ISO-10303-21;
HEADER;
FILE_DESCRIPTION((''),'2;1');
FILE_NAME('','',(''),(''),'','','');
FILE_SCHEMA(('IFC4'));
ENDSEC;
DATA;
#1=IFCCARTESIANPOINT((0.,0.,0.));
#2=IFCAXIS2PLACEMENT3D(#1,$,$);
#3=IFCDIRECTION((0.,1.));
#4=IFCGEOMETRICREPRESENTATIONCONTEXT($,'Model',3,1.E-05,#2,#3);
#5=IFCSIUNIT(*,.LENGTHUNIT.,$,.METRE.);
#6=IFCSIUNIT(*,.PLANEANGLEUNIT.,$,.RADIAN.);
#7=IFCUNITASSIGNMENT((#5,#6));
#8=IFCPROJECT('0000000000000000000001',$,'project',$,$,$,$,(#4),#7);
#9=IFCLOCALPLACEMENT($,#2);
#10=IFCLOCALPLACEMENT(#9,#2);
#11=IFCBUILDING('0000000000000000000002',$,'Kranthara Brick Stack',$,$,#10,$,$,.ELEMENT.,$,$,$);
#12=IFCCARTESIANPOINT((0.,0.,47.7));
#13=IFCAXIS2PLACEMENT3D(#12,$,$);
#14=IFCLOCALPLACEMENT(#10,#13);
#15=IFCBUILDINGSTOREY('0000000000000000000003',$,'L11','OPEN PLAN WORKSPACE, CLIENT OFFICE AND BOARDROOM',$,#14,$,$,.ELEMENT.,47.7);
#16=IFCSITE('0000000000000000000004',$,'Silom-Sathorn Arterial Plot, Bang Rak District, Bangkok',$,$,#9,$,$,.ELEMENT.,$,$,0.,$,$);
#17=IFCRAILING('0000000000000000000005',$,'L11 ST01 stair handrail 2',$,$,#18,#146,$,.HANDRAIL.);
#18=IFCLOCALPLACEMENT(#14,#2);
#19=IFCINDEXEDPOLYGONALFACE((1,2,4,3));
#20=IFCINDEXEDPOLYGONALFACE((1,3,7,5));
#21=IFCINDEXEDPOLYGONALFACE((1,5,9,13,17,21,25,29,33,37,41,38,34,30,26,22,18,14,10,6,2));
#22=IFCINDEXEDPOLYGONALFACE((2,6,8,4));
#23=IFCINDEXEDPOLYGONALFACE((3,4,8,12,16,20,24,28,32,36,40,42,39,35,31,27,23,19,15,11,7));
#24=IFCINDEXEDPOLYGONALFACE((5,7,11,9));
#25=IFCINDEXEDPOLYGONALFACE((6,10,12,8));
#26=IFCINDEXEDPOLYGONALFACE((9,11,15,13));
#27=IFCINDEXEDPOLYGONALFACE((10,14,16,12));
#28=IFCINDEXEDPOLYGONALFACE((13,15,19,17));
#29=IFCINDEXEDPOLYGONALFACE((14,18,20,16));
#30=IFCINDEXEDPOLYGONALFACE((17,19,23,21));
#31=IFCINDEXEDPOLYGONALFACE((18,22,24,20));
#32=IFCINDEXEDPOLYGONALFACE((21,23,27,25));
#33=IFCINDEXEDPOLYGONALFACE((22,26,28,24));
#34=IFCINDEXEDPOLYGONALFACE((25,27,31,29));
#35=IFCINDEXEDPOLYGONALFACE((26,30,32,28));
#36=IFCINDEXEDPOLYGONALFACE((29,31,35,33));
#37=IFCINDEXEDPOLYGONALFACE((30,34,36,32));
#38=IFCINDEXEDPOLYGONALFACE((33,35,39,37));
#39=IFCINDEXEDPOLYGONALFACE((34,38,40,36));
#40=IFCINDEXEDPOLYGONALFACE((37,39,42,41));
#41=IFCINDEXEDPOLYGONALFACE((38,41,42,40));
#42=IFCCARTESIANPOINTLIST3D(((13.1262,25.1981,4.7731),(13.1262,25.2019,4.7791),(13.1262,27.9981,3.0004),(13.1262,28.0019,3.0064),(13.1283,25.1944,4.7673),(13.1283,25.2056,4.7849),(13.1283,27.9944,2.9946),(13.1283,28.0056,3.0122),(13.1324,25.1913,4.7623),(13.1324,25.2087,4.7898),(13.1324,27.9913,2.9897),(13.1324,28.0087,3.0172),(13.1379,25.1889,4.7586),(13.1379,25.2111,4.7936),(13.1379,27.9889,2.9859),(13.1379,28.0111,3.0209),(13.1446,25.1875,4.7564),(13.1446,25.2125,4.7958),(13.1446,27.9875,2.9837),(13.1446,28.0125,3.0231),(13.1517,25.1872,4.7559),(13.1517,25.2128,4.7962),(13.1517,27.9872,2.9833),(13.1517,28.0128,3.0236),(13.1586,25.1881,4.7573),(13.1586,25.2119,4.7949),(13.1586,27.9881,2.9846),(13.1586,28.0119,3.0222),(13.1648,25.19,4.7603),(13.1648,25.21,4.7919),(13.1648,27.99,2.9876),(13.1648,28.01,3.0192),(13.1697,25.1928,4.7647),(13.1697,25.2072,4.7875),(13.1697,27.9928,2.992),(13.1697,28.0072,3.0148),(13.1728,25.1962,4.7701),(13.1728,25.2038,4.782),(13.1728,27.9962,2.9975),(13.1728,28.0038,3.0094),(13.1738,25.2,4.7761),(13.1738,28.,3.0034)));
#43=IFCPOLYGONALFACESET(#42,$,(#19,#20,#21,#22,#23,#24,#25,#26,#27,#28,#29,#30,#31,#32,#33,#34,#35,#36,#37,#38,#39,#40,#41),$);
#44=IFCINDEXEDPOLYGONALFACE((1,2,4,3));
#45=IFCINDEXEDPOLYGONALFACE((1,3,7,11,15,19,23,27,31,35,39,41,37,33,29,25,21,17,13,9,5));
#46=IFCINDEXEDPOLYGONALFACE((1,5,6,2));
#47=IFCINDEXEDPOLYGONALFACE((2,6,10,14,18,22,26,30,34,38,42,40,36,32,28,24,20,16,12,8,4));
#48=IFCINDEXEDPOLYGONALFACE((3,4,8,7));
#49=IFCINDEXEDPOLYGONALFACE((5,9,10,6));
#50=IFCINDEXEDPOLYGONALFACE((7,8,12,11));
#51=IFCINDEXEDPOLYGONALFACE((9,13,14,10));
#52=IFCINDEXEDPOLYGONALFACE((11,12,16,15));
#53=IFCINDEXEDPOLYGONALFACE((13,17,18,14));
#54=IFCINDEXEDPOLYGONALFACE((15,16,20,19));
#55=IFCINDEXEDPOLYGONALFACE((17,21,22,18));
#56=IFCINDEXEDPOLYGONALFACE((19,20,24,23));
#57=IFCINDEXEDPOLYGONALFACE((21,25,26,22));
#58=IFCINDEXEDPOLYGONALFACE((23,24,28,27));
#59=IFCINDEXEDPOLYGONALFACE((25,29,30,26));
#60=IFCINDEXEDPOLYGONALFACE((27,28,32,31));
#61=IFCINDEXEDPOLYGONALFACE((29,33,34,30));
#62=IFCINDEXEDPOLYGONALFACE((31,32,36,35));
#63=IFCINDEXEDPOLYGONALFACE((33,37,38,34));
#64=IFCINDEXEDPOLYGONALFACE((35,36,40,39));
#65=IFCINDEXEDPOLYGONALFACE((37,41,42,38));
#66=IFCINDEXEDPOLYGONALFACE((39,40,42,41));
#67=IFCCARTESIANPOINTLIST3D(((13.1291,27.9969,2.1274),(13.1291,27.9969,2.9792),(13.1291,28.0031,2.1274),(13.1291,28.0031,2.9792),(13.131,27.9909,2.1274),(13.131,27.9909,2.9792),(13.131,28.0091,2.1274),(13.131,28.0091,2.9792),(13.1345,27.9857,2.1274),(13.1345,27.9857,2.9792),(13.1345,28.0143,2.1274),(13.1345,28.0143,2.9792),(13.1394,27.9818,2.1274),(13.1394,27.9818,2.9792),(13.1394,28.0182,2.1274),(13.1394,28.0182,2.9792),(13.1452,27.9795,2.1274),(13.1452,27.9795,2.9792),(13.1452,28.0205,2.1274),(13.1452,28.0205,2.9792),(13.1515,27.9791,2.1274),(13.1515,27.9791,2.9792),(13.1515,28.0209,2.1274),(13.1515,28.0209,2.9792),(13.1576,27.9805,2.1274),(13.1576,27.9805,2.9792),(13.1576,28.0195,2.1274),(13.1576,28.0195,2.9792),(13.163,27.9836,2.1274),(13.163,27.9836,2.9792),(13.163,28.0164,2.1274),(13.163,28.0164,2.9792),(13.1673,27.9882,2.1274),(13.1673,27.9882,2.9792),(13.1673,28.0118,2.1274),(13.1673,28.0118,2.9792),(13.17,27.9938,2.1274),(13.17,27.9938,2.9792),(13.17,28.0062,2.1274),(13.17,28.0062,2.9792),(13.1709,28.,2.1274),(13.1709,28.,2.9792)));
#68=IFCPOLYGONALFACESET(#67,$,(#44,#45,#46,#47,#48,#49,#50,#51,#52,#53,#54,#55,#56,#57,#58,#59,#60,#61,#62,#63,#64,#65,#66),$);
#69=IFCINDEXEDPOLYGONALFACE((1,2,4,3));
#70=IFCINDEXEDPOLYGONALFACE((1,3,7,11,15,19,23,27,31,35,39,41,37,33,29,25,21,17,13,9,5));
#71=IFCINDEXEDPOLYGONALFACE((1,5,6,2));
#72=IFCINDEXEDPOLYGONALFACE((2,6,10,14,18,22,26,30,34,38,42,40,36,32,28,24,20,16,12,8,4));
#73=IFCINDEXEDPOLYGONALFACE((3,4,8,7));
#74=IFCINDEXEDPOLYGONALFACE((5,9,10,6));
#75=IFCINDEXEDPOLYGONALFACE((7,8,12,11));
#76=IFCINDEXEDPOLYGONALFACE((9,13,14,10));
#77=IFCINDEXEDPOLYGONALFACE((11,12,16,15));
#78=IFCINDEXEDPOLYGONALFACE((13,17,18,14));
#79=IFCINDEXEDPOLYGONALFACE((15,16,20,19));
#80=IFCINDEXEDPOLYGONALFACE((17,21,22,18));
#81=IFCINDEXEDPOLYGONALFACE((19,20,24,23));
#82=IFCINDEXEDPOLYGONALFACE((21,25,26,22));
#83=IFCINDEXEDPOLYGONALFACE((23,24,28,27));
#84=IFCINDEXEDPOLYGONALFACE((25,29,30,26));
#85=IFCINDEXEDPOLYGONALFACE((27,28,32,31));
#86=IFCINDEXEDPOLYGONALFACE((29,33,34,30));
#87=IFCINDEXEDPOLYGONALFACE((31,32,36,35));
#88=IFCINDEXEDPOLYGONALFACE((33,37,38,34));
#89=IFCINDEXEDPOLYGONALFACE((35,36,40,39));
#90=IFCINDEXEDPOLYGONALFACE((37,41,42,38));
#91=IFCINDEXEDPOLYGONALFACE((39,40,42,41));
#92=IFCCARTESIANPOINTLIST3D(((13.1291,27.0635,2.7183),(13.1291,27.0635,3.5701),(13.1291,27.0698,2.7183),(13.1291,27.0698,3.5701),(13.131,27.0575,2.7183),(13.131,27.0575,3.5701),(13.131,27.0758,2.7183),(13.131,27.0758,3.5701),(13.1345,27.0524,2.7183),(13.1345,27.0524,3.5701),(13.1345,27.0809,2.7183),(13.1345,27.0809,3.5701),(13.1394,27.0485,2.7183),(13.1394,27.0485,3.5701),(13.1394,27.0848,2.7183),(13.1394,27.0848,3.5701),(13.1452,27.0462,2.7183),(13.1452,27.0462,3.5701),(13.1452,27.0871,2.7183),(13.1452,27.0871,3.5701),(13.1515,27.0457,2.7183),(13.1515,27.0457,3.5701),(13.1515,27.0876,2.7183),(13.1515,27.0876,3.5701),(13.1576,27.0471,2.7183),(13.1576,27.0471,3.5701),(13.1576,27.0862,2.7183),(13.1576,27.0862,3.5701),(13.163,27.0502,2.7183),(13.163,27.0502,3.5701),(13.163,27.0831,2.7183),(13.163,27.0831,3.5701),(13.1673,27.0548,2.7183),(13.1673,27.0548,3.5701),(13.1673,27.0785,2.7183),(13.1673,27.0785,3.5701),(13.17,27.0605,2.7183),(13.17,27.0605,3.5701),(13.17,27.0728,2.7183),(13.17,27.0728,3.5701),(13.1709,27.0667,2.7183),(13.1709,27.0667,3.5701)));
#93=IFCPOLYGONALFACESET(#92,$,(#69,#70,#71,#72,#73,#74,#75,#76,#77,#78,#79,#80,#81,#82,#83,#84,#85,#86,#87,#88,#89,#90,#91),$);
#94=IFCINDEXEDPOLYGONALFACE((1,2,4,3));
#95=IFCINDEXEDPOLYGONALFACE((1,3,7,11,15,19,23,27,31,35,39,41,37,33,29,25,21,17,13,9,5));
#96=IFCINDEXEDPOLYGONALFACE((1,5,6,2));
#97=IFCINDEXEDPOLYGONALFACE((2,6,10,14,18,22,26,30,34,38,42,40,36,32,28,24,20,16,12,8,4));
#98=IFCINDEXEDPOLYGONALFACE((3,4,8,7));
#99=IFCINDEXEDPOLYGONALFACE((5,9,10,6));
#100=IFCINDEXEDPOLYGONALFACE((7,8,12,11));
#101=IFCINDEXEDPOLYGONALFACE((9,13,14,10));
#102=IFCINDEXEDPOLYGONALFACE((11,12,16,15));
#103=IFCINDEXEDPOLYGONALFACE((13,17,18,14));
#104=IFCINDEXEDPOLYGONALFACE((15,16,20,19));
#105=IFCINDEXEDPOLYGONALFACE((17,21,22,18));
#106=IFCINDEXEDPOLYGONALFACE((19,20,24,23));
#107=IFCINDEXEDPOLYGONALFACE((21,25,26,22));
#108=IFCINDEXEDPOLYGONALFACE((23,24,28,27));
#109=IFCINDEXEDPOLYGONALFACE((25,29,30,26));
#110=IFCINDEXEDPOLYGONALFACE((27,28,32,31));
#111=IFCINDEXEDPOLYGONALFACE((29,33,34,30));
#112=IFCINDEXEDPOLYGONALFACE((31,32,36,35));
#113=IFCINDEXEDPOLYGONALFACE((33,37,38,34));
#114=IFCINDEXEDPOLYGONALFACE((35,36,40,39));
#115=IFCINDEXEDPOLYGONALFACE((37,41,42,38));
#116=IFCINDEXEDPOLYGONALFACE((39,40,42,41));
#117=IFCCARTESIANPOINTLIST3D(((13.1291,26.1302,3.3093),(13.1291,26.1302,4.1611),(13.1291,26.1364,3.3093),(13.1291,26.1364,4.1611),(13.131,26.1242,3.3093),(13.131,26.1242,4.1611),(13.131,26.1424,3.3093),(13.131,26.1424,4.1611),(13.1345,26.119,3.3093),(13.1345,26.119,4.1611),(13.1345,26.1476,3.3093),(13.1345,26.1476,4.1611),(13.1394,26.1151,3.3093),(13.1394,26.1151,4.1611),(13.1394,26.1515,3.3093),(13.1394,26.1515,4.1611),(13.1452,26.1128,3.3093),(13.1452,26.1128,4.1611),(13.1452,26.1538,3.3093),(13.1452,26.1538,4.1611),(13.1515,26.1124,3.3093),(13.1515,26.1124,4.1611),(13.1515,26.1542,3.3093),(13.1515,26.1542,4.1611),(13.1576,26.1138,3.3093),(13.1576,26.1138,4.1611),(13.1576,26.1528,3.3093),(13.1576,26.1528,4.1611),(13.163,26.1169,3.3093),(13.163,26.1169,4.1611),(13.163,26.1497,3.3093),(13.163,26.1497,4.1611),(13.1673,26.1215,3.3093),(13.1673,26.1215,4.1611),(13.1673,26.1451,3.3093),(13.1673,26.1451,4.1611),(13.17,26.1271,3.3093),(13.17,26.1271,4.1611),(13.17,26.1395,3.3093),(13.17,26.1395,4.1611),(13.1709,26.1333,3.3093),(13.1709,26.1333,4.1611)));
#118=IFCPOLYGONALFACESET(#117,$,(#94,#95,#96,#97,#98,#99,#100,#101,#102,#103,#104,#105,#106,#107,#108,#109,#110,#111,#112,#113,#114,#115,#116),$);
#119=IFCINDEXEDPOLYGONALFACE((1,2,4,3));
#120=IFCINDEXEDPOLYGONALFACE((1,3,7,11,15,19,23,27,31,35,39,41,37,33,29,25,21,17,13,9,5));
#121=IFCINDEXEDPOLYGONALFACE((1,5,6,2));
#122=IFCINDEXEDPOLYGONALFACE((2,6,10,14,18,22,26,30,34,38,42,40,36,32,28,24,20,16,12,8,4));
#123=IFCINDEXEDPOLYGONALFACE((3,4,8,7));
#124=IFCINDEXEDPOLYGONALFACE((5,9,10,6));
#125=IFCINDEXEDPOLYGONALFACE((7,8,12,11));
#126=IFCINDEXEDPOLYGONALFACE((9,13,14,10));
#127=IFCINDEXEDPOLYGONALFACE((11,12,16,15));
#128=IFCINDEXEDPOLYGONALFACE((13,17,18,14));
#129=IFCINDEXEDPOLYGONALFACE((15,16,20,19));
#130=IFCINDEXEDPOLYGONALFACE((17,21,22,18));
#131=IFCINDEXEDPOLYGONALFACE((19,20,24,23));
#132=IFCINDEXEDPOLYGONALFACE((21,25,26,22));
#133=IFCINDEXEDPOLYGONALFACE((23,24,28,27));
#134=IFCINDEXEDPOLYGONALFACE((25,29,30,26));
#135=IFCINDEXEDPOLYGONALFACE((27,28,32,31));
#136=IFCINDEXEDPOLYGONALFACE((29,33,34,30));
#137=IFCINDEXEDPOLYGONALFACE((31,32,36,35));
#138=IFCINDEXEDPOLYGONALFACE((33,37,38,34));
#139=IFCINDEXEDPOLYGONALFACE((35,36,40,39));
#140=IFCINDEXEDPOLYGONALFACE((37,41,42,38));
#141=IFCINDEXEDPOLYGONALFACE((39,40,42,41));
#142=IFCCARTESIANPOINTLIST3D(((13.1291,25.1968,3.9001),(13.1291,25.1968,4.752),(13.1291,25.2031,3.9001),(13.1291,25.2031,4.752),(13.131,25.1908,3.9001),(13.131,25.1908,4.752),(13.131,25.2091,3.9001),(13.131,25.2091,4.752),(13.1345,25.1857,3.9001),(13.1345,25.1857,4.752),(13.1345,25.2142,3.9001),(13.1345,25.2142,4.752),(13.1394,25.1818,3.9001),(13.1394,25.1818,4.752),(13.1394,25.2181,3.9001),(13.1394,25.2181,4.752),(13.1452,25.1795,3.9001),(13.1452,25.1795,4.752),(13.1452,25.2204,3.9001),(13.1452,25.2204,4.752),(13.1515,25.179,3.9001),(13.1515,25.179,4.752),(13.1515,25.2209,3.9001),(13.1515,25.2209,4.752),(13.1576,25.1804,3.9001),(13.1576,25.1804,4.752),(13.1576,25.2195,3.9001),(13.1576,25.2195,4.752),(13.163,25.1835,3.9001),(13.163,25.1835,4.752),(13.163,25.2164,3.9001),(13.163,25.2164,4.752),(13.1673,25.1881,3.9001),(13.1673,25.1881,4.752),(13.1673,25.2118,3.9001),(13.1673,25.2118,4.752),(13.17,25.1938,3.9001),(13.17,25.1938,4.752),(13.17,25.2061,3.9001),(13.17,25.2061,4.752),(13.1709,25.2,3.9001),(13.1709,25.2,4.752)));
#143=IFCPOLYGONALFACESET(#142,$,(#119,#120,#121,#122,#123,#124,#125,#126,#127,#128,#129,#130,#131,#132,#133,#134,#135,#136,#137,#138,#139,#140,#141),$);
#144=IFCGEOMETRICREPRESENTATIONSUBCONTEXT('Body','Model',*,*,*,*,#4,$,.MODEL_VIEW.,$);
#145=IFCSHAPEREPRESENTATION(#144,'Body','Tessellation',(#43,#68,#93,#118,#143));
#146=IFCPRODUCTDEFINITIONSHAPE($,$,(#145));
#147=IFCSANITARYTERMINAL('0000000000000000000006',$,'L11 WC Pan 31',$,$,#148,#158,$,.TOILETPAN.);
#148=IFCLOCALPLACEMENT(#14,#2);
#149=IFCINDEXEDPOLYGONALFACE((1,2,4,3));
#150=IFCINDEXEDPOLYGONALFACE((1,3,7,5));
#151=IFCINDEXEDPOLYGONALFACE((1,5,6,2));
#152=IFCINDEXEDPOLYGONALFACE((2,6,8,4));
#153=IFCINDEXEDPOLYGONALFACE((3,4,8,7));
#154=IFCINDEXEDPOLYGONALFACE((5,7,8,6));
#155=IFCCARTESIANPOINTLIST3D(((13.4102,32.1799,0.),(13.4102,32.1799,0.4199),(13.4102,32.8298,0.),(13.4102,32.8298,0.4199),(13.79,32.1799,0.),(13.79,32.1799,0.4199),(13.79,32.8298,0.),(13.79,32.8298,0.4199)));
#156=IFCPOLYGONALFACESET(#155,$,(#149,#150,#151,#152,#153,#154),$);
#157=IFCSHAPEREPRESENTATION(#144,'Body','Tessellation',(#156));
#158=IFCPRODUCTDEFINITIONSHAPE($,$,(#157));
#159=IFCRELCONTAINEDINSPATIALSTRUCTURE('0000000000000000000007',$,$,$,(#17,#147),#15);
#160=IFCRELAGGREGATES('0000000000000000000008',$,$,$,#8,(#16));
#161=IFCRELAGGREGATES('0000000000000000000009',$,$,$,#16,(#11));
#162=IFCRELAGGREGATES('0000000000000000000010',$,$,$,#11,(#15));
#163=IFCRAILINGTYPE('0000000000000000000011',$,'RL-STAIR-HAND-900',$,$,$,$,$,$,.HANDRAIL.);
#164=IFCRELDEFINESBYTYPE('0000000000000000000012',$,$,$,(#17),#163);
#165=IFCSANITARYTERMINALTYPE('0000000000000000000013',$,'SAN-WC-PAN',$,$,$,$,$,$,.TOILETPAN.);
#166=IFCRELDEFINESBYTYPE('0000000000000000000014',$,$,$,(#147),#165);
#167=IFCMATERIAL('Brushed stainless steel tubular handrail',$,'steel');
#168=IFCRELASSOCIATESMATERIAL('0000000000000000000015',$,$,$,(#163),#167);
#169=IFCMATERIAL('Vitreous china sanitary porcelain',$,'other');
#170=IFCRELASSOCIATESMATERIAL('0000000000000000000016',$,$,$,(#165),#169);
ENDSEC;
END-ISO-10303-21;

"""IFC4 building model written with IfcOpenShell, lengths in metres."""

from ifc_helpers import new_model, si_unit, direction, frame, origin, origin_2d, place, context, subcontext, project, spatial, rectangle, circle, extrude, material, type_object, element, save


model = new_model("IFC4")

# Units and contexts
model_context = context("Model", 3, precision=1e-05, world=origin(), true_north=direction((0.0, 1.0)))
body_context = subcontext(model_context, "Body", "Model", "MODEL_VIEW")
ifc_project = project(units=[si_unit("LENGTHUNIT", "METRE"), si_unit("PLANEANGLEUNIT", "RADIAN")], contexts=[model_context])

# Site, building, storey
site_placement = place(None, origin())
site = spatial("IfcSite", under=ifc_project, at=site_placement, Name="Silom-Sathorn Arterial Plot, Bang Rak District, Bangkok", CompositionType="ELEMENT", RefElevation=0.0)
building_placement = place(site_placement, origin())
building = spatial("IfcBuilding", under=site, at=building_placement, Name="Kranthara Brick Stack", CompositionType="ELEMENT")
storey_placement = place(building_placement, frame((0.0, 0.0, 47.7)))
storey = spatial("IfcBuildingStorey", under=building, at=storey_placement, Name="L11", Description="OPEN PLAN WORKSPACE, CLIENT OFFICE AND BOARDROOM", CompositionType="ELEMENT", Elevation=47.7)

# Railing
ifc_material_1 = material(Name="Brushed stainless steel tubular handrail", Category="steel")
railing_type_1 = type_object("IfcRailingType", Name="RL-STAIR-HAND-900", PredefinedType="HANDRAIL", material=ifc_material_1)
railing_1_placement = place(storey_placement, frame((13.1499, 28.0, 2.1274)))
element("IfcRailing", 1, at=railing_1_placement, inside=storey, type_object=railing_type_1, Name="L11 ST01 stair handrail 2", PredefinedType="HANDRAIL", context=body_context, shape_type="SweptSolid", body=[
    extrude(circle(Radius=0.0239, at=origin_2d()), frame((0.0, 0.0, 0.876), z_axis=(0.0, -0.844909, 0.53491), x_axis=(1.0, 0.0, 0.0)), (0.0, 0.0, 1.0), 3.314),
    extrude(circle(Radius=0.021, at=origin_2d()), origin(), (0.0, 0.0, 1.0), 0.8518),
    extrude(circle(Radius=0.021, at=origin_2d()), frame((0.0, -0.9333, 0.5908)), (0.0, 0.0, 1.0), 0.8518),
    extrude(circle(Radius=0.021, at=origin_2d()), frame((0.0, -1.8667, 1.1819)), (0.0, 0.0, 1.0), 0.8518),
    extrude(circle(Radius=0.021, at=origin_2d()), frame((0.0, -2.8, 1.7727)), (0.0, 0.0, 1.0), 0.8518),
])

# Sanitary terminal
ifc_material_2 = material(Name="Vitreous china sanitary porcelain", Category="other")
sanitary_terminal_type = type_object("IfcSanitaryTerminalType", Name="SAN-WC-PAN", PredefinedType="TOILETPAN", material=ifc_material_2)
sanitary_terminal_placement = place(storey_placement, frame((13.6001, 32.5049, 0.0), z_axis=(0.0, 0.0, 1.0), x_axis=(1.0, 0.0, 0.0)))
element("IfcSanitaryTerminal", 2, at=sanitary_terminal_placement, inside=storey, type_object=sanitary_terminal_type, Name="L11 WC Pan 31", PredefinedType="TOILETPAN", context=body_context, shape_type="SweptSolid", body=[
    extrude(rectangle(XDim=0.3799, YDim=0.6499, at=origin_2d()), origin(), (0.0, 0.0, 1.0), 0.4199),
])

save(model, "model.ifc")
